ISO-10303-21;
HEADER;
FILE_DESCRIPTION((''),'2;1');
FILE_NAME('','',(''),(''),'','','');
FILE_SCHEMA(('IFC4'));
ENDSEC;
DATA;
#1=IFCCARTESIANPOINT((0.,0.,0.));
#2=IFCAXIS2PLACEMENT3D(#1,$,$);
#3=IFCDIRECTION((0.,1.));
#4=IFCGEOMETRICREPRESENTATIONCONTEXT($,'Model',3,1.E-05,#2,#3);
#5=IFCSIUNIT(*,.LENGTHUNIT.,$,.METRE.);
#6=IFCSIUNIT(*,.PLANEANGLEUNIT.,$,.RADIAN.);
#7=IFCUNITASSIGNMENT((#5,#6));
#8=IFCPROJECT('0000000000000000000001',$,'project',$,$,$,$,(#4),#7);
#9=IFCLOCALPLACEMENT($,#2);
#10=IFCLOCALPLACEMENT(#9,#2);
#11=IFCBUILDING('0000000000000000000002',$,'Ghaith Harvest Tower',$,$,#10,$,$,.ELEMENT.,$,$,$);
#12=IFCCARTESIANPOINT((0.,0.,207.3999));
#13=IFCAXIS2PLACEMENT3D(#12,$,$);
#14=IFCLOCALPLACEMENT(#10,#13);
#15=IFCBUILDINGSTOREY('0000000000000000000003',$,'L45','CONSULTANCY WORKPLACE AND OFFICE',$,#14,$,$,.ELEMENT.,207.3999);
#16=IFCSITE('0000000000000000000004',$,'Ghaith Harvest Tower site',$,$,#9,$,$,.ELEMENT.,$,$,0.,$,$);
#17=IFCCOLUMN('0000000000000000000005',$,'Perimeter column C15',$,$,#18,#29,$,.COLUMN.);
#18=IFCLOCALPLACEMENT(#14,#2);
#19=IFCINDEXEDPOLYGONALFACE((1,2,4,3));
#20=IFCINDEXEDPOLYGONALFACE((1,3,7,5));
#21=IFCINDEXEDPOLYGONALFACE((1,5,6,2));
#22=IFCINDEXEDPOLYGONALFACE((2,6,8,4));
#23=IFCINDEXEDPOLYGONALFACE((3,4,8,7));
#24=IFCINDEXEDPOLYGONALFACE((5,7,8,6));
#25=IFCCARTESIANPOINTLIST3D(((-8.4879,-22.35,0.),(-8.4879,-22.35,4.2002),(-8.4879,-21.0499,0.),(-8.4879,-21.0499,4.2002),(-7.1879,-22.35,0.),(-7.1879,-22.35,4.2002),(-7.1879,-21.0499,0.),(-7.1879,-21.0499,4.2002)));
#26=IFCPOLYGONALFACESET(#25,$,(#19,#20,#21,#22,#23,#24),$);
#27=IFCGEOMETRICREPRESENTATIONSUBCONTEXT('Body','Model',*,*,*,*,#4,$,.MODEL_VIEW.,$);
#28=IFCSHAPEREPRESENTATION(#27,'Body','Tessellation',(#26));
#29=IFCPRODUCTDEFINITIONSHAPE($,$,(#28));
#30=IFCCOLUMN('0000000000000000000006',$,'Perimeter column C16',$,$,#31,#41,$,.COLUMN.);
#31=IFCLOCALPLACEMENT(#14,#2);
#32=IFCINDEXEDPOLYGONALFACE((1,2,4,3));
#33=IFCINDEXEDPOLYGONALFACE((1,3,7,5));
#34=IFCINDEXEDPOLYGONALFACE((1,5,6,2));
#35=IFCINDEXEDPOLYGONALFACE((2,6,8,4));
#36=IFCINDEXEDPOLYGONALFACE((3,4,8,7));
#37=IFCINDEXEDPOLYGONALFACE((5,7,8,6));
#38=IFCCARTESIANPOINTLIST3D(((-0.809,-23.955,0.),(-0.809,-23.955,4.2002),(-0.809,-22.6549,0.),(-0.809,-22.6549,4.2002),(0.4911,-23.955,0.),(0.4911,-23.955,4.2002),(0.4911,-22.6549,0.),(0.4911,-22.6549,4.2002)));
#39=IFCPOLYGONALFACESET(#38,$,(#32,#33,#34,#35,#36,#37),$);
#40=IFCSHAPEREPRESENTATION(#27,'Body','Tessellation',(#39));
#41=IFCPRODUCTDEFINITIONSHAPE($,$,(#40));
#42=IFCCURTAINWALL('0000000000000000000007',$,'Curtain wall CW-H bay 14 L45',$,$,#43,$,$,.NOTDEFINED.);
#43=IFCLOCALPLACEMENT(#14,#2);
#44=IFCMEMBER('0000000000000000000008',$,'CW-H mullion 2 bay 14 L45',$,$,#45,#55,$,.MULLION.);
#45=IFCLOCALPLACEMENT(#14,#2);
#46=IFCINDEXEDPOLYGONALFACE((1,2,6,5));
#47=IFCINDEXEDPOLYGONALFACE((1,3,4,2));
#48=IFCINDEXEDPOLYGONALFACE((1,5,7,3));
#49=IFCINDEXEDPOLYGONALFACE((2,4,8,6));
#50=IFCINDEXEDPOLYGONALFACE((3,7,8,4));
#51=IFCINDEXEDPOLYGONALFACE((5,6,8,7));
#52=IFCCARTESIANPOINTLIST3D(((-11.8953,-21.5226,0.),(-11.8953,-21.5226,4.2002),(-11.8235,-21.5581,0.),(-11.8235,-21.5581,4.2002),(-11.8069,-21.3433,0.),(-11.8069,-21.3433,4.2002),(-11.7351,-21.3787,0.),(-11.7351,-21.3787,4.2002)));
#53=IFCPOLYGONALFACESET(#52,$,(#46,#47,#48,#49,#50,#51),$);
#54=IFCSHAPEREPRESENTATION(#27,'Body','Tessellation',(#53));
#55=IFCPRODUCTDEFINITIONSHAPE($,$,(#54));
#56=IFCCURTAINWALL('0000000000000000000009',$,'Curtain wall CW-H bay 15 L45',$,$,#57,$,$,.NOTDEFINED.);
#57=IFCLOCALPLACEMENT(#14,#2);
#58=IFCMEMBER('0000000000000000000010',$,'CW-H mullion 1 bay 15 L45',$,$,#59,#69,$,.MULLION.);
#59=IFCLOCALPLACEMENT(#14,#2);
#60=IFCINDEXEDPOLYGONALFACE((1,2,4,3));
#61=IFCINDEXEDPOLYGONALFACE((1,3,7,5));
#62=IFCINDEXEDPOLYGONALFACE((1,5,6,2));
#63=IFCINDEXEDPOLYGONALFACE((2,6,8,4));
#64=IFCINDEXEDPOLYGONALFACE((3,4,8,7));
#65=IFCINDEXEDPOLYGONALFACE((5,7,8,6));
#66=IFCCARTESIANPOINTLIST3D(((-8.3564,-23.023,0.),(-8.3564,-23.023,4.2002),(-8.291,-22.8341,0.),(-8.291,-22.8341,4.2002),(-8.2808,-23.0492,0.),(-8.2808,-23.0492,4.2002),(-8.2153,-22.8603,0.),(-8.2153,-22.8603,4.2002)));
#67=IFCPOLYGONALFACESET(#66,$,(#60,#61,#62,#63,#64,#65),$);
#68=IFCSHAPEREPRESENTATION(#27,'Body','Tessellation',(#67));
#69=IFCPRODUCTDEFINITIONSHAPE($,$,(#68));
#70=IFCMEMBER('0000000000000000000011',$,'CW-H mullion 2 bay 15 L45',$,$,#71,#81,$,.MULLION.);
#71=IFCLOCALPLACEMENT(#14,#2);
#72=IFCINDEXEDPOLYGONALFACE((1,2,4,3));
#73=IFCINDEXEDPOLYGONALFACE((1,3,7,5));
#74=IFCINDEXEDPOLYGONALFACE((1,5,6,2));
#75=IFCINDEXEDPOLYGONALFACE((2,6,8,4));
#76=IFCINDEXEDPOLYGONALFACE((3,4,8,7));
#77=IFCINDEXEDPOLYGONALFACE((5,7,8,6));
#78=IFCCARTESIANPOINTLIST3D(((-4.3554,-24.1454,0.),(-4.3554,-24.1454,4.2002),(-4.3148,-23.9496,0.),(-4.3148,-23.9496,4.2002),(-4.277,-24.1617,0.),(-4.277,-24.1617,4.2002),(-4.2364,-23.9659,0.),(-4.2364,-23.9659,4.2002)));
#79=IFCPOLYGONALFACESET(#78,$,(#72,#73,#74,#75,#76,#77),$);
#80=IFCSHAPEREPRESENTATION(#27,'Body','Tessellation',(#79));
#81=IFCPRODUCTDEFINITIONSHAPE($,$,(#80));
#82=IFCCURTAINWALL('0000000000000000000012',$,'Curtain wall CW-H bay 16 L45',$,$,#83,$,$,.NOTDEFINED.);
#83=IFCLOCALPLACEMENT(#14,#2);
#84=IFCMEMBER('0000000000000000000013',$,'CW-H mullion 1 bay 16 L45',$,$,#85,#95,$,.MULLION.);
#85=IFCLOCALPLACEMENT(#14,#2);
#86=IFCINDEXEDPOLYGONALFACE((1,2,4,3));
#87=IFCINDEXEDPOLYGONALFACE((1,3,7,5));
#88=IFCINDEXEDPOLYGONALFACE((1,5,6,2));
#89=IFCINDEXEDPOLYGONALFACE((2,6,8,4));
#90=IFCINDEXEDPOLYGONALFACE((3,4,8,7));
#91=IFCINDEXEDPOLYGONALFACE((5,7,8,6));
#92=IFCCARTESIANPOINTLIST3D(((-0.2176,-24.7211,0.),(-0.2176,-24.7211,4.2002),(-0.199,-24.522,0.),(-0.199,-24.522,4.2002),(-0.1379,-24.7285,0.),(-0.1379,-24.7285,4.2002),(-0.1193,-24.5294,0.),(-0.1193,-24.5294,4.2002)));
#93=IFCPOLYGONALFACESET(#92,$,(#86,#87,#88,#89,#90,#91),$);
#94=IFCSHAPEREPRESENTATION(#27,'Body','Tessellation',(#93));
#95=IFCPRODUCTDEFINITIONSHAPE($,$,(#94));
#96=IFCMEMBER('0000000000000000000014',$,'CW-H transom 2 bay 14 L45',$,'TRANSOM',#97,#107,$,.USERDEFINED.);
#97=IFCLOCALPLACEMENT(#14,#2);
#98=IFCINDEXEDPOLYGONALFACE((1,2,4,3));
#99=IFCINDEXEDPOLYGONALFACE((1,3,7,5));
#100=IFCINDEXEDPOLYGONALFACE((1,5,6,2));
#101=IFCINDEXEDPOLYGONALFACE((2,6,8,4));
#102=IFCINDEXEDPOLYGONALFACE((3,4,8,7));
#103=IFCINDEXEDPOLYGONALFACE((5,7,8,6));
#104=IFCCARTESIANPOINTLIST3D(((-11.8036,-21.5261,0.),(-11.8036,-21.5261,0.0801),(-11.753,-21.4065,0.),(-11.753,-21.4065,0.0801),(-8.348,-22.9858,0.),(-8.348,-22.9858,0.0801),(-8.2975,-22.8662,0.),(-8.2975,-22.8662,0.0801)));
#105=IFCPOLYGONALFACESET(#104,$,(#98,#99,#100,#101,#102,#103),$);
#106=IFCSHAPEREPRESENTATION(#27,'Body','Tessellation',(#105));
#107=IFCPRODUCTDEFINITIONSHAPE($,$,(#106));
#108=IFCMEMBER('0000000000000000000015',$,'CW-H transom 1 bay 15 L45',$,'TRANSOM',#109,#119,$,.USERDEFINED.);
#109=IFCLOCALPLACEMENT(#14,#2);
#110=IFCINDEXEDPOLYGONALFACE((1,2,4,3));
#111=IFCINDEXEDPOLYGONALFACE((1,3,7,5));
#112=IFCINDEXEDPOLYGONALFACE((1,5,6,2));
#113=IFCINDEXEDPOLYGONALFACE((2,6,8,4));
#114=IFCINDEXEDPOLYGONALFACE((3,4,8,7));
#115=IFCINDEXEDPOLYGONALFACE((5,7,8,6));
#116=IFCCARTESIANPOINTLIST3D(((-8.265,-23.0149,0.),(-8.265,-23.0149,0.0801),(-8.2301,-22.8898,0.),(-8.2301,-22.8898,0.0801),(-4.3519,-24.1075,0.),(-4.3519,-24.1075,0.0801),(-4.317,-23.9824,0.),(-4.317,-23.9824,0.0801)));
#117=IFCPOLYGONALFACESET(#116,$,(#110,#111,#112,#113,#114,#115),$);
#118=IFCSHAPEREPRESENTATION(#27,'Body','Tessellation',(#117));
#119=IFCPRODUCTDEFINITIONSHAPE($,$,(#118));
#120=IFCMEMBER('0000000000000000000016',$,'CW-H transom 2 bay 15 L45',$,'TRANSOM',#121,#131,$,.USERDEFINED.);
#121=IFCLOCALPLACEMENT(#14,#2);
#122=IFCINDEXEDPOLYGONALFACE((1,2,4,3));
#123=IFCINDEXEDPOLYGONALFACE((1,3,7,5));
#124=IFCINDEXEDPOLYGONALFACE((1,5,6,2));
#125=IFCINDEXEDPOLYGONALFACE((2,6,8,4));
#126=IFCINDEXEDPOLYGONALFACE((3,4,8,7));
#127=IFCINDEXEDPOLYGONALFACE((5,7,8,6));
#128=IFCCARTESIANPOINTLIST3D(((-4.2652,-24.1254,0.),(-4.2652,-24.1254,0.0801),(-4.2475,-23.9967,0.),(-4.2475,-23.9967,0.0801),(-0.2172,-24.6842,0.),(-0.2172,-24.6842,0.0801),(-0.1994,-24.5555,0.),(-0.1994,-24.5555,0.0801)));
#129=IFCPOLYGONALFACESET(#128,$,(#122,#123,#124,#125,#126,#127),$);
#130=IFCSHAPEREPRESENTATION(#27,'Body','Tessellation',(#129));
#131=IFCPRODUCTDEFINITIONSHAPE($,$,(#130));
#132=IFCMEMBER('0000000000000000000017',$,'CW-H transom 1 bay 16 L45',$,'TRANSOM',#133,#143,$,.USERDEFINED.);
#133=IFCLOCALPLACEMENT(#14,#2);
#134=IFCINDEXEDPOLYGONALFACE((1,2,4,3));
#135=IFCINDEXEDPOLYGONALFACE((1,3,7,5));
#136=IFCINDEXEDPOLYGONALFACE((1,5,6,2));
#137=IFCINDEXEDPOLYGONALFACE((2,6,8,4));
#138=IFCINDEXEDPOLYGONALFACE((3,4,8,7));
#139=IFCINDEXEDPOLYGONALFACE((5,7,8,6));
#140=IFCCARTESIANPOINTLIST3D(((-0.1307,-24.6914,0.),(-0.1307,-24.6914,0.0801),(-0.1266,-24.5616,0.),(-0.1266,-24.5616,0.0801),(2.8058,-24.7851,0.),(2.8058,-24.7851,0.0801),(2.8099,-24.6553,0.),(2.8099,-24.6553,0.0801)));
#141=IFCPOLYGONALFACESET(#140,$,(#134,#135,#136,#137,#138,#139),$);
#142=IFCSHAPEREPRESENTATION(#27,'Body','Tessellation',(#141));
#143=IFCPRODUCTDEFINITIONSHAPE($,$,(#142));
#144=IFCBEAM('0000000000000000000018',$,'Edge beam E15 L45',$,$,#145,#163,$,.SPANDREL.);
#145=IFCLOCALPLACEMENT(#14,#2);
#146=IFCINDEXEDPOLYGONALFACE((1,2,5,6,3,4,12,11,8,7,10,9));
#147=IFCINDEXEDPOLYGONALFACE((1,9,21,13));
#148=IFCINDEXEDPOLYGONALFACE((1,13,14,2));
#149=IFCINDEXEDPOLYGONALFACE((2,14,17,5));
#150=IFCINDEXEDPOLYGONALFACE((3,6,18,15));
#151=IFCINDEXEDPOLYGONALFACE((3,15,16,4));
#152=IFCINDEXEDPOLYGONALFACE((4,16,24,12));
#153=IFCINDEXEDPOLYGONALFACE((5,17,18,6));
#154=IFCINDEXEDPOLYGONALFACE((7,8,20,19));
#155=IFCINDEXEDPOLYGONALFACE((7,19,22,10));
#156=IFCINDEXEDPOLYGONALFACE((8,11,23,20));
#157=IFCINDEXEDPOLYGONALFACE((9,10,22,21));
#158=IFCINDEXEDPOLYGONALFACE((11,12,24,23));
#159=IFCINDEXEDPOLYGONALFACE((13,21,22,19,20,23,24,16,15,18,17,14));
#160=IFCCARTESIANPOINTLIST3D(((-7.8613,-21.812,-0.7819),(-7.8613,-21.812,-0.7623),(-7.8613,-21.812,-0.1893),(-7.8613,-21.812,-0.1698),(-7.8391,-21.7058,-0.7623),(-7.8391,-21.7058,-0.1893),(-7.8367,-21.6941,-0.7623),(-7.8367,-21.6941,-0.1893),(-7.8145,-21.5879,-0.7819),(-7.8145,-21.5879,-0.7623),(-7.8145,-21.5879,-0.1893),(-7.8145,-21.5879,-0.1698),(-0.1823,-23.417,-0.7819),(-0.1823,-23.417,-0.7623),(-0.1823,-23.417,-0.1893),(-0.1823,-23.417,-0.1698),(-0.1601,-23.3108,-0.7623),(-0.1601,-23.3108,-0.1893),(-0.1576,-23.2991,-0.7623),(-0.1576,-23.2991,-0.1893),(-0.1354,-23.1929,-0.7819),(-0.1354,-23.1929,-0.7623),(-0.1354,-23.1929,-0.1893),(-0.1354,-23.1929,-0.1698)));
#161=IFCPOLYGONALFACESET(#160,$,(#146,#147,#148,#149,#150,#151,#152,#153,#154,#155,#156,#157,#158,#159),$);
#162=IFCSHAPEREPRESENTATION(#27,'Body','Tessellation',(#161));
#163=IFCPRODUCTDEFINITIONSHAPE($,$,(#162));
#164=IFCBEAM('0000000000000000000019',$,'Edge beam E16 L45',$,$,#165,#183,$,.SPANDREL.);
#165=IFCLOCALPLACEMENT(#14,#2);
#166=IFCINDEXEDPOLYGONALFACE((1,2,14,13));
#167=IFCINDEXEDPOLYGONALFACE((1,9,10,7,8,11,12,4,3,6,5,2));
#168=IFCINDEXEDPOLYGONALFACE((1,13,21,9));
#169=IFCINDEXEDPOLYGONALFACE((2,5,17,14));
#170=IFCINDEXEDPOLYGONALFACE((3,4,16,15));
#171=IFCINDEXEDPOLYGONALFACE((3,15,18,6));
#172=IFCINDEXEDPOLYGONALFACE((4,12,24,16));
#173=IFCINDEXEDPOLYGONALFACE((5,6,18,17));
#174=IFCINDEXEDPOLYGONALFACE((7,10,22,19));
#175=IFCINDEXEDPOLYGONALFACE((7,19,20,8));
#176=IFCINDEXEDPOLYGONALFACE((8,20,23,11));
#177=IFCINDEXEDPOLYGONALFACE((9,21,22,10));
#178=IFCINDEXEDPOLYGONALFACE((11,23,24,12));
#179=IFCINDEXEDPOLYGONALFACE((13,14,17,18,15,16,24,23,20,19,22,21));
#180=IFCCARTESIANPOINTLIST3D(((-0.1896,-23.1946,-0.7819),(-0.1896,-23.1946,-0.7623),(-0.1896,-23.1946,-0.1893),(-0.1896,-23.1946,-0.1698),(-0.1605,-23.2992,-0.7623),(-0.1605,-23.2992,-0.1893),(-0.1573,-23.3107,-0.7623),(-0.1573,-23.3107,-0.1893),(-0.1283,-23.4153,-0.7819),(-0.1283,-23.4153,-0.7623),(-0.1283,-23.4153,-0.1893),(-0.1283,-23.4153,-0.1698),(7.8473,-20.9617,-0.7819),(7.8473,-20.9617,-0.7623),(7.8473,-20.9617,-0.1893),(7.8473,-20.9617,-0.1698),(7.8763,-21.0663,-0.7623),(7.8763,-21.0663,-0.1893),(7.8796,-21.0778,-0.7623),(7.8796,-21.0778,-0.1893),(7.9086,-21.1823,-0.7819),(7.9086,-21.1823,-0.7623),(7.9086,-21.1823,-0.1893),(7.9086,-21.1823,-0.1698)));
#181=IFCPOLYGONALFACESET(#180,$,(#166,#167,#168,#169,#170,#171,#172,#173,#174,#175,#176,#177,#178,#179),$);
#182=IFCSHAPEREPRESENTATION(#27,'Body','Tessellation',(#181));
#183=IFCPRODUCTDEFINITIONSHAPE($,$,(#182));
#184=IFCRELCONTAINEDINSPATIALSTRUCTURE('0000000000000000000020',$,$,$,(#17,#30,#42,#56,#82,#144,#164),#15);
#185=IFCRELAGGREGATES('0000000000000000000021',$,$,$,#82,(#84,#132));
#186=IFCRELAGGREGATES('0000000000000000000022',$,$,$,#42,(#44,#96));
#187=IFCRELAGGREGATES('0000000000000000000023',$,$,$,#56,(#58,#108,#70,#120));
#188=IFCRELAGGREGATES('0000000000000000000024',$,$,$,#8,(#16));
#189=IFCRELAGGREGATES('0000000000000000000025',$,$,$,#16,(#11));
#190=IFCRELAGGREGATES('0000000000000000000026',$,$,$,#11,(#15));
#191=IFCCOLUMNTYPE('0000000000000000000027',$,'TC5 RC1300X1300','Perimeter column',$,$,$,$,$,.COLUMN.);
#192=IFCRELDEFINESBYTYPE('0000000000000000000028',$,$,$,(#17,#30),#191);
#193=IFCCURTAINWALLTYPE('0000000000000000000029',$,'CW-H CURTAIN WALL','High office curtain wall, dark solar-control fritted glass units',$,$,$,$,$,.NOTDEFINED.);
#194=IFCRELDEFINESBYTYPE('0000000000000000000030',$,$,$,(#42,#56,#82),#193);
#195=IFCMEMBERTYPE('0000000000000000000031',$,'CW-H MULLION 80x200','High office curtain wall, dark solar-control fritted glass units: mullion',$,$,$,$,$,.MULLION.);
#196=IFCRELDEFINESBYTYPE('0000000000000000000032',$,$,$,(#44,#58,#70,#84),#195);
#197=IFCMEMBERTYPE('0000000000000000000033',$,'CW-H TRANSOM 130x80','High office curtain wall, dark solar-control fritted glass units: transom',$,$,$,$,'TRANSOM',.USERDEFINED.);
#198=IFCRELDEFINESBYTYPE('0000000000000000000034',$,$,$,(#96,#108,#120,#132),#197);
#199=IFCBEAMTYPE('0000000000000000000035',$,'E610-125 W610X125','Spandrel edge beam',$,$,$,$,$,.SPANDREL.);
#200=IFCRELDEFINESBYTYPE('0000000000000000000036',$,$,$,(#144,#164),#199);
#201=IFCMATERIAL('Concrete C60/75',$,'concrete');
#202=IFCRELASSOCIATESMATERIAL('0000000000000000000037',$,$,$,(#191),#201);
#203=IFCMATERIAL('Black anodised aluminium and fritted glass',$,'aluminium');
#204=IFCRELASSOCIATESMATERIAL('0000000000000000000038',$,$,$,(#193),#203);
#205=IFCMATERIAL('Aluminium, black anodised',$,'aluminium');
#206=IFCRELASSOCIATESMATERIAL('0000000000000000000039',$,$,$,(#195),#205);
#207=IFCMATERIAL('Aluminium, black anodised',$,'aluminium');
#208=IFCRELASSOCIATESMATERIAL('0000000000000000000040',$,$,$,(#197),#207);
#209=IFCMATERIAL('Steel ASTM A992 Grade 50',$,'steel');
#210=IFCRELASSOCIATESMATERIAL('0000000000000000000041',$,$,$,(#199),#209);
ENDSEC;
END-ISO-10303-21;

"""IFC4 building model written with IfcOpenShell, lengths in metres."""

from ifc_helpers import new_model, si_unit, direction, frame, origin, origin_2d, place, context, subcontext, project, spatial, rectangle, i_section, extrude, material, material_profile, profile_set, type_object, element, aggregate, save


model = new_model("IFC4")

# Units and contexts
model_context = context("Model", 3, precision=1e-05, world=origin(), true_north=direction((0.0, 1.0)))
body_context = subcontext(model_context, "Body", "Model", "MODEL_VIEW")
ifc_project = project(units=[si_unit("LENGTHUNIT", "METRE"), si_unit("PLANEANGLEUNIT", "RADIAN")], contexts=[model_context])

# Site, building, storey
site_placement = place(None, origin())
site = spatial("IfcSite", under=ifc_project, at=site_placement, Name="Ghaith Harvest Tower site", CompositionType="ELEMENT", RefElevation=0.0)
building_placement = place(site_placement, origin())
building = spatial("IfcBuilding", under=site, at=building_placement, Name="Ghaith Harvest Tower", CompositionType="ELEMENT")
storey_placement = place(building_placement, frame((0.0, 0.0, 207.3999)))
storey = spatial("IfcBuildingStorey", under=building, at=storey_placement, Name="L45", Description="CONSULTANCY WORKPLACE AND OFFICE", CompositionType="ELEMENT", Elevation=207.3999)

# Columns
ifc_material_1 = material(Name="Concrete C60/75", Category="concrete")
ifc_material_profile_1 = material_profile(ifc_material_1, rectangle(XDim=1.3, YDim=1.3, at=origin_2d()), Name="RC1300X1300")
ifc_profile_set_1 = profile_set([ifc_material_profile_1], Name="Concrete C60/75")
column_type = type_object("IfcColumnType", Name="TC5 RC1300X1300", Description="Perimeter column", PredefinedType="COLUMN", material=ifc_profile_set_1)
for number, where, z_axis, x_axis, name in (
    (1, (-7.8379, -21.7, 0.0), (0.0, 0.0, 1.0), (1.0, 0.0, 0.0), "Perimeter column C15"),
    (2, (-0.1589, -23.3049, 0.0), (0.0, 0.0, 1.0), (1.0, 0.0, 0.0), "Perimeter column C16"),
):
    element("IfcColumn", number, at=place(storey_placement, frame(where, z_axis=z_axis, x_axis=x_axis)), inside=storey, type_object=column_type, Name=name, PredefinedType="COLUMN", context=body_context, shape_type="SweptSolid", body=[
        extrude(rectangle(XDim=1.3, YDim=1.3, at=origin_2d()), origin(), (0.0, 0.0, 1.0), 4.2002),
    ])

# Curtain wall, member
ifc_material_2 = material(Name="Black anodised aluminium and fritted glass", Category="aluminium")
curtain_wall_type = type_object("IfcCurtainWallType", Name="CW-H CURTAIN WALL", Description="High office curtain wall, dark solar-control fritted glass units", PredefinedType="NOTDEFINED", material=ifc_material_2)
curtain_wall_1_placement = place(storey_placement, origin())
curtain_wall_1 = element("IfcCurtainWall", 3, at=curtain_wall_1_placement, inside=storey, type_object=curtain_wall_type, Name="Curtain wall CW-H bay 14 L45", PredefinedType="NOTDEFINED")
ifc_material_3 = material(Name="Aluminium, black anodised", Category="aluminium")
ifc_material_profile_2 = material_profile(ifc_material_3, rectangle(XDim=0.0801, YDim=0.2, at=origin_2d()), Name="CW-H MULLION 80x200")
ifc_profile_set_2 = profile_set([ifc_material_profile_2], Name="Aluminium, black anodised")
member_type_1 = type_object("IfcMemberType", Name="CW-H MULLION 80x200", Description="High office curtain wall, dark solar-control fritted glass units: mullion", PredefinedType="MULLION", material=ifc_profile_set_2)
member_1_placement = place(storey_placement, frame((-11.8152, -21.4507, 0.0), z_axis=(0.0, 0.0, 1.0), x_axis=(0.896853, -0.442329, 0.0)))
member_1 = element("IfcMember", 4, at=member_1_placement, type_object=member_type_1, Name="CW-H mullion 2 bay 14 L45", PredefinedType="MULLION", context=body_context, shape_type="SweptSolid", body=[
    extrude(rectangle(XDim=0.0801, YDim=0.2, at=origin_2d()), origin(), (0.0, 0.0, 1.0), 4.2002),
])

# Curtain wall, members
curtain_wall_2_placement = place(storey_placement, origin())
curtain_wall_2 = element("IfcCurtainWall", 5, at=curtain_wall_2_placement, inside=storey, type_object=curtain_wall_type, Name="Curtain wall CW-H bay 15 L45", PredefinedType="NOTDEFINED")
member_2_placement = place(storey_placement, frame((-8.2859, -22.9417, 0.0), z_axis=(0.0, 0.0, 1.0), x_axis=(0.944906, -0.327342, 0.0)))
member_2 = element("IfcMember", 6, at=member_2_placement, type_object=member_type_1, Name="CW-H mullion 1 bay 15 L45", PredefinedType="MULLION", context=body_context, shape_type="SweptSolid", body=[
    extrude(rectangle(XDim=0.0801, YDim=0.2, at=origin_2d()), origin(), (0.0, 0.0, 1.0), 4.2002),
])
member_3_placement = place(storey_placement, frame((-4.2959, -24.0557, 0.0), z_axis=(0.0, 0.0, 1.0), x_axis=(0.979161, -0.203084, 0.0)))
member_3 = element("IfcMember", 7, at=member_3_placement, type_object=member_type_1, Name="CW-H mullion 2 bay 15 L45", PredefinedType="MULLION", context=body_context, shape_type="SweptSolid", body=[
    extrude(rectangle(XDim=0.0801, YDim=0.2, at=origin_2d()), origin(), (0.0, 0.0, 1.0), 4.2002),
])

# Curtain wall, member
curtain_wall_3_placement = place(storey_placement, origin())
curtain_wall_3 = element("IfcCurtainWall", 8, at=curtain_wall_3_placement, inside=storey, type_object=curtain_wall_type, Name="Curtain wall CW-H bay 16 L45", PredefinedType="NOTDEFINED")
member_4_placement = place(storey_placement, frame((-0.1685, -24.6252, 0.0), z_axis=(0.0, 0.0, 1.0), x_axis=(0.995685, -0.092802, 0.0)))
member_4 = element("IfcMember", 9, at=member_4_placement, type_object=member_type_1, Name="CW-H mullion 1 bay 16 L45", PredefinedType="MULLION", context=body_context, shape_type="SweptSolid", body=[
    extrude(rectangle(XDim=0.0801, YDim=0.2, at=origin_2d()), origin(), (0.0, 0.0, 1.0), 4.2002),
])

# Members
ifc_material_4 = material(Name="Aluminium, black anodised", Category="aluminium")
ifc_material_profile_3 = material_profile(ifc_material_4, rectangle(XDim=0.1299, YDim=0.0801, at=origin_2d()), Name="CW-H TRANSOM 130x80")
ifc_profile_set_3 = profile_set([ifc_material_profile_3], Name="Aluminium, black anodised")
member_type_2 = type_object("IfcMemberType", Name="CW-H TRANSOM 130x80", Description="High office curtain wall, dark solar-control fritted glass units: transom", ElementType="TRANSOM", PredefinedType="USERDEFINED", material=ifc_profile_set_3)
member_5_placement = place(storey_placement, frame((-11.7783, -21.4663, 0.04), z_axis=(0.921183, -0.38913, 0.0), x_axis=(0.38913, 0.921183, 0.0)))
member_5 = element("IfcMember", 10, at=member_5_placement, type_object=member_type_2, Name="CW-H transom 2 bay 14 L45", ObjectType="TRANSOM", PredefinedType="USERDEFINED", context=body_context, shape_type="SweptSolid", body=[
    extrude(rectangle(XDim=0.1299, YDim=0.0801, at=origin_2d()), origin(), (0.0, 0.0, 1.0), 3.7512),
])
member_6_placement = place(storey_placement, frame((-8.2476, -22.9524, 0.04), z_axis=(0.963164, -0.268914, 0.0), x_axis=(0.268914, 0.963164, 0.0)))
member_6 = element("IfcMember", 11, at=member_6_placement, type_object=member_type_2, Name="CW-H transom 1 bay 15 L45", ObjectType="TRANSOM", PredefinedType="USERDEFINED", context=body_context, shape_type="SweptSolid", body=[
    extrude(rectangle(XDim=0.1299, YDim=0.0801, at=origin_2d()), origin(), (0.0, 0.0, 1.0), 4.0627),
])
member_7_placement = place(storey_placement, frame((-4.2563, -24.061, 0.04), z_axis=(0.990605, -0.136753, 0.0), x_axis=(0.136753, 0.990605, 0.0)))
member_7 = element("IfcMember", 12, at=member_7_placement, type_object=member_type_2, Name="CW-H transom 2 bay 15 L45", ObjectType="TRANSOM", PredefinedType="USERDEFINED", context=body_context, shape_type="SweptSolid", body=[
    extrude(rectangle(XDim=0.1299, YDim=0.0801, at=origin_2d()), origin(), (0.0, 0.0, 1.0), 4.0864),
])
member_8_placement = place(storey_placement, frame((-0.1287, -24.6265, 0.04), z_axis=(0.999491, -0.031909, 0.0), x_axis=(0.031909, 0.999491, 0.0)))
member_8 = element("IfcMember", 13, at=member_8_placement, type_object=member_type_2, Name="CW-H transom 1 bay 16 L45", ObjectType="TRANSOM", PredefinedType="USERDEFINED", context=body_context, shape_type="SweptSolid", body=[
    extrude(rectangle(XDim=0.1299, YDim=0.0801, at=origin_2d()), origin(), (0.0, 0.0, 1.0), 2.938),
])
aggregate(curtain_wall_3, [member_4, member_8])

# Beams
ifc_material_5 = material(Name="Steel ASTM A992 Grade 50", Category="steel")
ifc_material_profile_4 = material_profile(ifc_material_5, i_section(OverallWidth=0.229, OverallDepth=0.6121, WebThickness=0.012, FlangeThickness=0.0195, at=origin_2d()), Name="W610X125")
ifc_profile_set_4 = profile_set([ifc_material_profile_4], Name="Steel ASTM A992 Grade 50")
beam_type = type_object("IfcBeamType", Name="E610-125 W610X125", Description="Spandrel edge beam", PredefinedType="SPANDREL", material=ifc_profile_set_4)
beam_1_placement = place(storey_placement, frame((-7.8379, -21.7, -0.4758), z_axis=(0.978848, -0.204589, 0.0), x_axis=(0.204589, 0.978848, 0.0)))
element("IfcBeam", 14, at=beam_1_placement, inside=storey, type_object=beam_type, Name="Edge beam E15 L45", PredefinedType="SPANDREL", context=body_context, shape_type="SweptSolid", body=[
    extrude(i_section(OverallWidth=0.229, OverallDepth=0.6121, WebThickness=0.012, FlangeThickness=0.0195, at=origin_2d()), origin(), (0.0, 0.0, 1.0), 7.845),
])
beam_2_placement = place(storey_placement, frame((-0.1589, -23.3049, -0.4758), z_axis=(0.963504, 0.267694, 0.0), x_axis=(-0.267694, 0.963504, 0.0)))
element("IfcBeam", 15, at=beam_2_placement, inside=storey, type_object=beam_type, Name="Edge beam E16 L45", PredefinedType="SPANDREL", context=body_context, shape_type="SweptSolid", body=[
    extrude(i_section(OverallWidth=0.229, OverallDepth=0.6121, WebThickness=0.012, FlangeThickness=0.0195, at=origin_2d()), origin(), (0.0, 0.0, 1.0), 8.3413),
])

aggregate(curtain_wall_1, [member_1, member_5])
aggregate(curtain_wall_2, [member_2, member_6, member_3, member_7])

save(model, "model.ifc")
